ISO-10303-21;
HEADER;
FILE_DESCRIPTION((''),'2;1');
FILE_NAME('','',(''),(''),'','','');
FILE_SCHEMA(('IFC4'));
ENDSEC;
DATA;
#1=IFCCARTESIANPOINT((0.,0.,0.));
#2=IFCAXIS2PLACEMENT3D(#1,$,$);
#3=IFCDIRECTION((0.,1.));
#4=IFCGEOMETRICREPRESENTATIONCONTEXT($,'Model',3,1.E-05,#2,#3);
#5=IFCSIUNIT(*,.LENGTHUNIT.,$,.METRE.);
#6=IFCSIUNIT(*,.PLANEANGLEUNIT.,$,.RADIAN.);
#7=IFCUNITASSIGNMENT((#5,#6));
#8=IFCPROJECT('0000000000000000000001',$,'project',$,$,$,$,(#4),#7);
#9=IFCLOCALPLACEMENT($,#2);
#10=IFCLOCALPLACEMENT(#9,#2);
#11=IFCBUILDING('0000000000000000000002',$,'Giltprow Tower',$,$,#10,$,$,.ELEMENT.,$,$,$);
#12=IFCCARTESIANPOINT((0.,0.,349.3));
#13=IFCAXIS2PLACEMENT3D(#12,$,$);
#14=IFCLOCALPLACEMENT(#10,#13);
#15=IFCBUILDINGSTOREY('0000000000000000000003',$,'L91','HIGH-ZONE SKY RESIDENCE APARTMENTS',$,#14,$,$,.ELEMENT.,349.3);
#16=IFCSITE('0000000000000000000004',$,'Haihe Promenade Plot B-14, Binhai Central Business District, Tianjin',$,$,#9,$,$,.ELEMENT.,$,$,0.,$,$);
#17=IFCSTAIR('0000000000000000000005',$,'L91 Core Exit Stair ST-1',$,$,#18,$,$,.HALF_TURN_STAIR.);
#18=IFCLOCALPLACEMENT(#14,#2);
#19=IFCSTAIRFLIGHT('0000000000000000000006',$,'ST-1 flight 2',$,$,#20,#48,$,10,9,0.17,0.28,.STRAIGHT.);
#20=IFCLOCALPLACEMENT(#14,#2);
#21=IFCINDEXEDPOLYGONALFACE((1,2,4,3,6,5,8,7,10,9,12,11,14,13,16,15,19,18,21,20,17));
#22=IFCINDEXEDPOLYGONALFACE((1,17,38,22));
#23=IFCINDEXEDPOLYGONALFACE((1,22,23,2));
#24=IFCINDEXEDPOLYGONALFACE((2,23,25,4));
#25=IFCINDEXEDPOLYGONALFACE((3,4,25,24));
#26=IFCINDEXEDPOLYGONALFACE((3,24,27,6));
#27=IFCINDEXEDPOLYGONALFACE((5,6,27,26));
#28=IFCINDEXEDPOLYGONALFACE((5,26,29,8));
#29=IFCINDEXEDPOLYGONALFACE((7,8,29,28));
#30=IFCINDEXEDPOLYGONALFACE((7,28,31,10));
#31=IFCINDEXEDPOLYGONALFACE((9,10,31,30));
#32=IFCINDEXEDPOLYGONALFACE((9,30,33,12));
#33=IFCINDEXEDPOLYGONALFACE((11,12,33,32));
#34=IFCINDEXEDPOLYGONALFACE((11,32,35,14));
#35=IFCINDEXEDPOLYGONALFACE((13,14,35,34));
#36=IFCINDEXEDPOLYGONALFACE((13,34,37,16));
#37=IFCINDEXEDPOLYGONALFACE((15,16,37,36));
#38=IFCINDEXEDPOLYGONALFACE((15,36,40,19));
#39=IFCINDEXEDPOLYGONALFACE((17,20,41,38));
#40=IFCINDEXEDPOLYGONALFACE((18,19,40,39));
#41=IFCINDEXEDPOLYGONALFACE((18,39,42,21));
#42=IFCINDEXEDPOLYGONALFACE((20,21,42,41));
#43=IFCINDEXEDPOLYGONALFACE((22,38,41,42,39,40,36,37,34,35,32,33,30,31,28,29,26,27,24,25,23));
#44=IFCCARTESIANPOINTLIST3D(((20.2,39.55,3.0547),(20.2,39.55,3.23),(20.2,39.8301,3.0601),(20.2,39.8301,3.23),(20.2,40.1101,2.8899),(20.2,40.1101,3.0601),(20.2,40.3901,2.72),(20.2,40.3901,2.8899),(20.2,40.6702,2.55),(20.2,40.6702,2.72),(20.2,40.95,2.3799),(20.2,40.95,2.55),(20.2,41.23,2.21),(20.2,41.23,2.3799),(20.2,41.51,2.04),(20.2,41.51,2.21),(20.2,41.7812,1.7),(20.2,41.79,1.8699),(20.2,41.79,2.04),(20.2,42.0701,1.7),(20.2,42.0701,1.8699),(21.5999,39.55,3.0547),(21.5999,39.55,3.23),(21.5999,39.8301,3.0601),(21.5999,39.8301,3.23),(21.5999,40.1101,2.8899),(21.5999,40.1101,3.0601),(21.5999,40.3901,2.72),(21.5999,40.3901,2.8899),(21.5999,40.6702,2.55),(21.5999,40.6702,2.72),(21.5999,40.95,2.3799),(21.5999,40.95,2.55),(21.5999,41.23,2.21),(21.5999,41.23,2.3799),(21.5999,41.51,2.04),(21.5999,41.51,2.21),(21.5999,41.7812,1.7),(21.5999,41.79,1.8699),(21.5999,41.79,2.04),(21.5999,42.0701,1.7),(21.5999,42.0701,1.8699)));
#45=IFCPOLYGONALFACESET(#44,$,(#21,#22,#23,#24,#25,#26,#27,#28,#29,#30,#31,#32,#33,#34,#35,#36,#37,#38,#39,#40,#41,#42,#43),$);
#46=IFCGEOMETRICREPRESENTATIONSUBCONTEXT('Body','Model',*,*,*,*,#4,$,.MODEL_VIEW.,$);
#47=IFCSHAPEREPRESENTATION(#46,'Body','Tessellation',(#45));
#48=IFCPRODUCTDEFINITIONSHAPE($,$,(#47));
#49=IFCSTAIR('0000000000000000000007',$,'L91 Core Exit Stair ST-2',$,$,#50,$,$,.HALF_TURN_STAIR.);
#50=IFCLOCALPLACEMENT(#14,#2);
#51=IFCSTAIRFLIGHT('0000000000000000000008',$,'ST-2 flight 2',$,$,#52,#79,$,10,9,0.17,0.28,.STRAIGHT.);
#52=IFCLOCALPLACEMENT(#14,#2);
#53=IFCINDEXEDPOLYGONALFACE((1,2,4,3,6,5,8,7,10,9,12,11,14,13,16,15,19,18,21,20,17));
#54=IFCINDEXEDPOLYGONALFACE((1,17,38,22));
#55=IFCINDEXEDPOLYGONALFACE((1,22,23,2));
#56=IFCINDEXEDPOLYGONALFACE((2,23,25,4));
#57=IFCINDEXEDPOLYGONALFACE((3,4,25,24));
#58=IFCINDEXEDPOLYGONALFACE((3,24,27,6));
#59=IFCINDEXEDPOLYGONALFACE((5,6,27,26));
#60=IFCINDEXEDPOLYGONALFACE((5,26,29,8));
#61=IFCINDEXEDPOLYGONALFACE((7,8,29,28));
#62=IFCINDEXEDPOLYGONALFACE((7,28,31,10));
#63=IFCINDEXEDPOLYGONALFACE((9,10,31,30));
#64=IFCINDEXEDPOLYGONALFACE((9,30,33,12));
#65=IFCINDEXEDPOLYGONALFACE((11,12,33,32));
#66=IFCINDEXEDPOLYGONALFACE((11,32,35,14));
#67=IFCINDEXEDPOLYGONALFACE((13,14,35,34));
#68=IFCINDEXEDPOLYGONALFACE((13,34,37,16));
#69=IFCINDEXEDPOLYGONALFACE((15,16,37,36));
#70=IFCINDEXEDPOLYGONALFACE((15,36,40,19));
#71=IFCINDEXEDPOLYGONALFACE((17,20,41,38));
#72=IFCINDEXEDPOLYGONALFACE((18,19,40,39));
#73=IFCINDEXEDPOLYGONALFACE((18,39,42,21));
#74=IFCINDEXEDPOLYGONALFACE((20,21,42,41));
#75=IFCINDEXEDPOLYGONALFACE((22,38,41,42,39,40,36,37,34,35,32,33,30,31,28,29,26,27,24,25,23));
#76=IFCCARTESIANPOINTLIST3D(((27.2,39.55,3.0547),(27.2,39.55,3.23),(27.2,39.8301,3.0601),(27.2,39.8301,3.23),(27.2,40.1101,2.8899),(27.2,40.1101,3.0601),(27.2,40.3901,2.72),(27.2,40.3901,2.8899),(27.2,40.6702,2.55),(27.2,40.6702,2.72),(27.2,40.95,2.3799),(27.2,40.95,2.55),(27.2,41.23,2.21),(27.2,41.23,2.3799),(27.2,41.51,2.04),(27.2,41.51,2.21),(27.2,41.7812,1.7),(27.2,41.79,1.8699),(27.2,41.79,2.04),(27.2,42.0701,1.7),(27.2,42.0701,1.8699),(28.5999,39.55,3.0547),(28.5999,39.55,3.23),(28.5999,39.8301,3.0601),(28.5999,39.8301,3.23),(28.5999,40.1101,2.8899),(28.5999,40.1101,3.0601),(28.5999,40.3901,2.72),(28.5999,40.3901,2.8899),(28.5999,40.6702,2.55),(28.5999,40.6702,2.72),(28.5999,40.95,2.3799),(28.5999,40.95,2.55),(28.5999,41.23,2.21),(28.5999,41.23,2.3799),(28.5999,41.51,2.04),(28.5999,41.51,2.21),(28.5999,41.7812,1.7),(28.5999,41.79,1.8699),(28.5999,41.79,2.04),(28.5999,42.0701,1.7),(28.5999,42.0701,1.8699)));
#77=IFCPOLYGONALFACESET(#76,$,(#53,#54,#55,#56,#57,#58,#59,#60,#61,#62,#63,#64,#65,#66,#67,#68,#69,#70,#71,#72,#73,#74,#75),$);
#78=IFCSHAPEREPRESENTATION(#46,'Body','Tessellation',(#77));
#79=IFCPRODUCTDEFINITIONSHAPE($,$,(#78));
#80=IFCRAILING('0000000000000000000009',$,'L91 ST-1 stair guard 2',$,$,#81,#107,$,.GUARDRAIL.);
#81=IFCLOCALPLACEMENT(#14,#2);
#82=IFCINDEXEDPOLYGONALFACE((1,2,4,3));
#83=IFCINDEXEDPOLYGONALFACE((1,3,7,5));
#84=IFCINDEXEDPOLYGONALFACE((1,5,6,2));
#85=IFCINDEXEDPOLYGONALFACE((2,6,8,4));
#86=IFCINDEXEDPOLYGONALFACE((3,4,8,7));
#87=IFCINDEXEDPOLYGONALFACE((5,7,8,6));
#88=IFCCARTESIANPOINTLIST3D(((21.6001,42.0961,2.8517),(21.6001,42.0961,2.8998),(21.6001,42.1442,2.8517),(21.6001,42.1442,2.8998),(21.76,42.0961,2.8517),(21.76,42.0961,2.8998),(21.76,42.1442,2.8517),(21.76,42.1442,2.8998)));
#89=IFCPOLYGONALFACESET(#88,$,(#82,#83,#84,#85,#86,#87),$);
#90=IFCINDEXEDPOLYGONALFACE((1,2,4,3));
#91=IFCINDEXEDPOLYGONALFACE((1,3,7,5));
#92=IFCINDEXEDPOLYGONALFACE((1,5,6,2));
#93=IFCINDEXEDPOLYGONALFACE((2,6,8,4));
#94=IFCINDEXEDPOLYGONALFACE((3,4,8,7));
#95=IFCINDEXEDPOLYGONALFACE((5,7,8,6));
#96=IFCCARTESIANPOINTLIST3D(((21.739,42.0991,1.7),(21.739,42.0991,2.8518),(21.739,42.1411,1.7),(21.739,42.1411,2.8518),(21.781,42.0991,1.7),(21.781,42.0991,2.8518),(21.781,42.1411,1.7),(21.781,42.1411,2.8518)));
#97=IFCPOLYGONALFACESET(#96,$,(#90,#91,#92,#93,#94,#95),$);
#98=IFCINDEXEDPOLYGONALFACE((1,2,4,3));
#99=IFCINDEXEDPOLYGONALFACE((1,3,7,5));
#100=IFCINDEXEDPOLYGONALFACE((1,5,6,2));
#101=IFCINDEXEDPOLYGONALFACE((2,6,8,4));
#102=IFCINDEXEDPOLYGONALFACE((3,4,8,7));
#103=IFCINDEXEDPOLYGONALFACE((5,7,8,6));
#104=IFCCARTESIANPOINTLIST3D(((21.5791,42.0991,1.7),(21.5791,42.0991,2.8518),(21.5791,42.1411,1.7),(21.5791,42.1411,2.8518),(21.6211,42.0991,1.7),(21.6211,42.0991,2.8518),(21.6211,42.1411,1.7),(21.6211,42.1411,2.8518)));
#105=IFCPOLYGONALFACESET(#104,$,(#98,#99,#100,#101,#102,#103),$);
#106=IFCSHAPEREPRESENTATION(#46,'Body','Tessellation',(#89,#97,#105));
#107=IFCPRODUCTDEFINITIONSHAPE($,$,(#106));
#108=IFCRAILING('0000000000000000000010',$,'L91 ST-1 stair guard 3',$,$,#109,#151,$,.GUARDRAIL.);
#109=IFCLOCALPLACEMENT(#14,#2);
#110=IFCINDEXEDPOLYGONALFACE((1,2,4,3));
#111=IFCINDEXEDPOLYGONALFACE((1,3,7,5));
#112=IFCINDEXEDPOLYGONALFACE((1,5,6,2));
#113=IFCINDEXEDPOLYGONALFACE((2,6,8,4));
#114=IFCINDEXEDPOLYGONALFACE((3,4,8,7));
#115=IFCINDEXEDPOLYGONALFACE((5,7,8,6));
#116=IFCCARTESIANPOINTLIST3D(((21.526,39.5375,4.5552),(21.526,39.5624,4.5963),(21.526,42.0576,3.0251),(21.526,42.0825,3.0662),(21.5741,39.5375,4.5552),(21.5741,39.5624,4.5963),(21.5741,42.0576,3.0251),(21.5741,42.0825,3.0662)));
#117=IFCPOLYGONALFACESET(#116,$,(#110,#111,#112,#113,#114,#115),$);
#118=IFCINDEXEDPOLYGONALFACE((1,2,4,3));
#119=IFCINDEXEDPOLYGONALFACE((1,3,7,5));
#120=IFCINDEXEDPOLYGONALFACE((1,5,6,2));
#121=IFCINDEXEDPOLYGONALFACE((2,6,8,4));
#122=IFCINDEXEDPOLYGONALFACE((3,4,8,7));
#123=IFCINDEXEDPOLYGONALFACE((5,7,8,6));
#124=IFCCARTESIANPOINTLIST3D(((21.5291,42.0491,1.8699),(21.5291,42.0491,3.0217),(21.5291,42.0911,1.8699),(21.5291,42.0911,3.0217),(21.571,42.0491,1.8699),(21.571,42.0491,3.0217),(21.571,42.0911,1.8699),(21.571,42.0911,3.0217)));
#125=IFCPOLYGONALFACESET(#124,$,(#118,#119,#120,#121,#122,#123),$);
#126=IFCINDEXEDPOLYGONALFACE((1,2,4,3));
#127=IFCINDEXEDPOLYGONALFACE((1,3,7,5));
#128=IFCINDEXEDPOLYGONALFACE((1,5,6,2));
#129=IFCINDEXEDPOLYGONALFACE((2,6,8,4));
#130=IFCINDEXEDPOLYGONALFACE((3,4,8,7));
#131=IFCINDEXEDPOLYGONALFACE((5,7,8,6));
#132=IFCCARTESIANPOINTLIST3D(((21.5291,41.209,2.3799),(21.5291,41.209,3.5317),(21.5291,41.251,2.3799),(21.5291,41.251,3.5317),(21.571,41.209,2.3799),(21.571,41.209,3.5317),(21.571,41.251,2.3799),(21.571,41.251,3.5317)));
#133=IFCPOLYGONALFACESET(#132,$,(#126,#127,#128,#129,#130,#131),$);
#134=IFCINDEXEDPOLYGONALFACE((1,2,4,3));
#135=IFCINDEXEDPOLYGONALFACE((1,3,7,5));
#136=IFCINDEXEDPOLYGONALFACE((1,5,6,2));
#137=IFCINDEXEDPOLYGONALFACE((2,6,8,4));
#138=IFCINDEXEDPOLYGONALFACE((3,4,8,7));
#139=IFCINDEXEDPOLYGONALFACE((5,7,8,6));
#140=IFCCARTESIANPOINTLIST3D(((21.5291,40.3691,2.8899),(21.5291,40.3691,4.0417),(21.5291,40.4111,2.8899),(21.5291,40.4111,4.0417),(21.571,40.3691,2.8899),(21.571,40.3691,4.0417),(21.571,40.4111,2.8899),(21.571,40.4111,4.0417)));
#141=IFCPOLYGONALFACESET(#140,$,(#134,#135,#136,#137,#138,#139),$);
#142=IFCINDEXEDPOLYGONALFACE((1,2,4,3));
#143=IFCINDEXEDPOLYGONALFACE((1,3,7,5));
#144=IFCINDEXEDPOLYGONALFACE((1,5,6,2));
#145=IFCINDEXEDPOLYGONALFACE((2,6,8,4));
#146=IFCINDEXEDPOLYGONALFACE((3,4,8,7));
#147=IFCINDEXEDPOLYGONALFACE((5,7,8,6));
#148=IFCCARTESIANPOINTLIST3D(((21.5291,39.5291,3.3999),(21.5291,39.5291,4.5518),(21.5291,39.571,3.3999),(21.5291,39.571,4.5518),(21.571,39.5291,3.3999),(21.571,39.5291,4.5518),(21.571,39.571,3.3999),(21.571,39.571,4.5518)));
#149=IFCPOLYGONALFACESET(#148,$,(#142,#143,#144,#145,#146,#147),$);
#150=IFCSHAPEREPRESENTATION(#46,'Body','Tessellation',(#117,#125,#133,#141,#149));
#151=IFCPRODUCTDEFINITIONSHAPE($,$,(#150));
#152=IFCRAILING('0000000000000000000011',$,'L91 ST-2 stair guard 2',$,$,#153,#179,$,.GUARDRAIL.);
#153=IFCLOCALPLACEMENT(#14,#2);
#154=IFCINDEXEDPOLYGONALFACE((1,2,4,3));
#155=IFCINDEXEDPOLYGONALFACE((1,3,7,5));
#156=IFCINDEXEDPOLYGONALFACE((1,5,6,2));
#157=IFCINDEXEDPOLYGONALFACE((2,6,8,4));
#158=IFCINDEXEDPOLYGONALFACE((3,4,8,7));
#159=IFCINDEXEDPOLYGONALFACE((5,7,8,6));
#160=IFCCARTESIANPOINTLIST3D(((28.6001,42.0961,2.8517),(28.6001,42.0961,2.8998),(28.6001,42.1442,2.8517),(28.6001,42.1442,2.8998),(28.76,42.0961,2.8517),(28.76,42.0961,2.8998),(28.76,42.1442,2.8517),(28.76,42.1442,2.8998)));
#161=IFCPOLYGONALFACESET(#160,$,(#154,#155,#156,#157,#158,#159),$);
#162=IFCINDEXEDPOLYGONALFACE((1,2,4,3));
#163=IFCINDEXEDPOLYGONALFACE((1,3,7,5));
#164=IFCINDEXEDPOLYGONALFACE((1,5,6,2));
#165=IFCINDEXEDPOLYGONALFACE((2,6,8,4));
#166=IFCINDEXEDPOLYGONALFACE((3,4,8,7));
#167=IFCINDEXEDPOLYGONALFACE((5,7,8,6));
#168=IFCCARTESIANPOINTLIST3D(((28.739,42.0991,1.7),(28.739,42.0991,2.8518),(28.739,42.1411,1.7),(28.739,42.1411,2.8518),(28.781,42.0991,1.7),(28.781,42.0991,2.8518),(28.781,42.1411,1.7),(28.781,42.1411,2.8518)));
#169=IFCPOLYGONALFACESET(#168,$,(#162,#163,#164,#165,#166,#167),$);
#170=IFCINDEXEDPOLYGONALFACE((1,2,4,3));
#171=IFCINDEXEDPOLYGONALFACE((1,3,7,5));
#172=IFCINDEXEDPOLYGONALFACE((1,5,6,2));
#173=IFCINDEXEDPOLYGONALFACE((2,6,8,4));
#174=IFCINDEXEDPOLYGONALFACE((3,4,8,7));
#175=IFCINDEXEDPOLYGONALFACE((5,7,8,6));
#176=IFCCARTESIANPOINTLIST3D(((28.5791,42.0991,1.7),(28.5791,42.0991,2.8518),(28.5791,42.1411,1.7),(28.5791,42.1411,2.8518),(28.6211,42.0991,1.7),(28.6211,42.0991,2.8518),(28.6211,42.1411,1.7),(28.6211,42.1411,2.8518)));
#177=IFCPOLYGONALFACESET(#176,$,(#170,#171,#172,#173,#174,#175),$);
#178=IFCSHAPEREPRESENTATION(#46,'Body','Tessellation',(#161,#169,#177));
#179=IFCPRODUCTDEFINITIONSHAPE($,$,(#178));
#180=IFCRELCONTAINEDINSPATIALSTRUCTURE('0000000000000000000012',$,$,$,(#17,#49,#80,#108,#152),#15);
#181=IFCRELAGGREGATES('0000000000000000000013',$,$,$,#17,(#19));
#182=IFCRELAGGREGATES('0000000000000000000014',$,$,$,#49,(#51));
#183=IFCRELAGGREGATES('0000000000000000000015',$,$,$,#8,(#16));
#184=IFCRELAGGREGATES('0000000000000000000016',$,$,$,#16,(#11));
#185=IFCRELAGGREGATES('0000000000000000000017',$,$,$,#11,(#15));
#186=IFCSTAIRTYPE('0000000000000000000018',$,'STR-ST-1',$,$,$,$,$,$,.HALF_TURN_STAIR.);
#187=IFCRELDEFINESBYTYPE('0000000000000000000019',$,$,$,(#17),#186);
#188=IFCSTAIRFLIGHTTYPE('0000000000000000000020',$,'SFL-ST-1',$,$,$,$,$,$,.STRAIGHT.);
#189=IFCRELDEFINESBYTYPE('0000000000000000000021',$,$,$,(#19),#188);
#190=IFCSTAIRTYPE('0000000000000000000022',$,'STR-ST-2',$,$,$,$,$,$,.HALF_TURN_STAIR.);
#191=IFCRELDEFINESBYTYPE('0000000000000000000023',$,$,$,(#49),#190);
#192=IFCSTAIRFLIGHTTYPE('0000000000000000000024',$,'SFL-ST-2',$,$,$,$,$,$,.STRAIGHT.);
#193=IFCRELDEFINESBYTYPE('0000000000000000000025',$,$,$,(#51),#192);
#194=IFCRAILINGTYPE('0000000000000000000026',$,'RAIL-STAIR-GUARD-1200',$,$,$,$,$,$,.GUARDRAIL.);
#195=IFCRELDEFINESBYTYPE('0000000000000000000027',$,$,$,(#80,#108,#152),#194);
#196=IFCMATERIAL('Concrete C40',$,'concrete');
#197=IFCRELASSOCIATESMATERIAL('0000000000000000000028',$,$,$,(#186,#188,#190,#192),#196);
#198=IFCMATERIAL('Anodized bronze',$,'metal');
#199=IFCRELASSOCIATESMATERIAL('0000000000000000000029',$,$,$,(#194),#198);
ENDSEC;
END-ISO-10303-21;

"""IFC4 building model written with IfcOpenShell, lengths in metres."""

from ifc_helpers import new_model, si_unit, direction, frame, origin, origin_2d, place, context, subcontext, project, spatial, polyline, rectangle, outline, extrude, material, type_object, element, aggregate, save


model = new_model("IFC4")

# Units and contexts
model_context = context("Model", 3, precision=1e-05, world=origin(), true_north=direction((0.0, 1.0)))
body_context = subcontext(model_context, "Body", "Model", "MODEL_VIEW")
ifc_project = project(units=[si_unit("LENGTHUNIT", "METRE"), si_unit("PLANEANGLEUNIT", "RADIAN")], contexts=[model_context])

# Site, building, storey
site_placement = place(None, origin())
site = spatial("IfcSite", under=ifc_project, at=site_placement, Name="Haihe Promenade Plot B-14, Binhai Central Business District, Tianjin", CompositionType="ELEMENT", RefElevation=0.0)
building_placement = place(site_placement, origin())
building = spatial("IfcBuilding", under=site, at=building_placement, Name="Giltprow Tower", CompositionType="ELEMENT")
storey_placement = place(building_placement, frame((0.0, 0.0, 349.3)))
storey = spatial("IfcBuildingStorey", under=building, at=storey_placement, Name="L91", Description="HIGH-ZONE SKY RESIDENCE APARTMENTS", CompositionType="ELEMENT", Elevation=349.3)

# Shared definitions
ifc_material_1 = material(Name="Concrete C40", Category="concrete")

# Stairs, stair flights
stair_type_1 = type_object("IfcStairType", Name="STR-ST-1", PredefinedType="HALF_TURN_STAIR", material=ifc_material_1)
stair_1_placement = place(storey_placement, origin())
stair_1 = element("IfcStair", 1, at=stair_1_placement, inside=storey, type_object=stair_type_1, Name="L91 Core Exit Stair ST-1", PredefinedType="HALF_TURN_STAIR")
stair_flight_type_1 = type_object("IfcStairFlightType", Name="SFL-ST-1", PredefinedType="STRAIGHT", material=ifc_material_1)
stair_flight_1_placement = place(storey_placement, frame((20.8999, 42.0701, 1.7), z_axis=(0.0, 0.0, 1.0), x_axis=(0.0, -1.0, 0.0)))
stair_flight_1 = element("IfcStairFlight", 2, at=stair_flight_1_placement, type_object=stair_flight_type_1, Name="ST-1 flight 2", NumberOfRisers=10, NumberOfTreads=9, PredefinedType="STRAIGHT", RiserHeight=0.17, TreadLength=0.28, context=body_context, shape_type="SweptSolid", body=[
    extrude(outline(polyline([(0.0, 0.0), (0.0, 0.1699), (0.28, 0.1699), (0.28, 0.3401), (0.5601, 0.3401), (0.5601, 0.51), (0.8401, 0.51), (0.8401, 0.6799), (1.1201, 0.6799), (1.1201, 0.8501), (1.3999, 0.8501), (1.3999, 1.02), (1.6799, 1.02), (1.6799, 1.1899), (1.96, 1.1899), (1.96, 1.3601), (2.24, 1.3601), (2.24, 1.53), (2.52, 1.53), (2.52, 1.7), (2.52, 1.3547), (0.2888, 0.0), (0.0, 0.0)])), frame((0.0, 0.7, 0.0), z_axis=(0.0, -1.0, 0.0), x_axis=(1.0, 0.0, 0.0)), (0.0, 0.0, 1.0), 1.3999),
])
aggregate(stair_1, [stair_flight_1])
stair_type_2 = type_object("IfcStairType", Name="STR-ST-2", PredefinedType="HALF_TURN_STAIR", material=ifc_material_1)
stair_2_placement = place(storey_placement, origin())
stair_2 = element("IfcStair", 3, at=stair_2_placement, inside=storey, type_object=stair_type_2, Name="L91 Core Exit Stair ST-2", PredefinedType="HALF_TURN_STAIR")
stair_flight_type_2 = type_object("IfcStairFlightType", Name="SFL-ST-2", PredefinedType="STRAIGHT", material=ifc_material_1)
stair_flight_2_placement = place(storey_placement, frame((27.8999, 42.0701, 1.7), z_axis=(0.0, 0.0, 1.0), x_axis=(0.0, -1.0, 0.0)))
stair_flight_2 = element("IfcStairFlight", 4, at=stair_flight_2_placement, type_object=stair_flight_type_2, Name="ST-2 flight 2", NumberOfRisers=10, NumberOfTreads=9, PredefinedType="STRAIGHT", RiserHeight=0.17, TreadLength=0.28, context=body_context, shape_type="SweptSolid", body=[
    extrude(outline(polyline([(0.0, 0.0), (0.0, 0.1699), (0.28, 0.1699), (0.28, 0.3401), (0.5601, 0.3401), (0.5601, 0.51), (0.8401, 0.51), (0.8401, 0.6799), (1.1201, 0.6799), (1.1201, 0.8501), (1.3999, 0.8501), (1.3999, 1.02), (1.6799, 1.02), (1.6799, 1.1899), (1.96, 1.1899), (1.96, 1.3601), (2.24, 1.3601), (2.24, 1.53), (2.52, 1.53), (2.52, 1.7), (2.52, 1.3547), (0.2888, 0.0), (0.0, 0.0)])), frame((0.0, 0.7, 0.0), z_axis=(0.0, -1.0, 0.0), x_axis=(1.0, 0.0, 0.0)), (0.0, 0.0, 1.0), 1.3999),
])
aggregate(stair_2, [stair_flight_2])

# Railings
ifc_material_2 = material(Name="Anodized bronze", Category="metal")
railing_type_1 = type_object("IfcRailingType", Name="RAIL-STAIR-GUARD-1200", PredefinedType="GUARDRAIL", material=ifc_material_2)
railing_1_placement = place(storey_placement, frame((21.76, 42.1201, 1.7)))
element("IfcRailing", 5, at=railing_1_placement, inside=storey, type_object=railing_type_1, Name="L91 ST-1 stair guard 2", PredefinedType="GUARDRAIL", context=body_context, shape_type="SweptSolid", body=[
    extrude(rectangle(XDim=0.0481, YDim=0.0481, at=origin_2d()), frame((0.0, 0.0, 1.1758), z_axis=(-1.0, 0.0, 0.0), x_axis=(0.0, -1.0, 0.0)), (0.0, 0.0, 1.0), 0.1599),
    extrude(rectangle(XDim=0.042, YDim=0.042, at=origin_2d()), origin(), (0.0, 0.0, 1.0), 1.1519),
    extrude(rectangle(XDim=0.042, YDim=0.042, at=origin_2d()), frame((-0.1599, 0.0, 0.0)), (0.0, 0.0, 1.0), 1.1519),
])
railing_2_placement = place(storey_placement, frame((21.55, 42.0701, 1.8699)))
element("IfcRailing", 6, at=railing_2_placement, inside=storey, type_object=railing_type_1, Name="L91 ST-1 stair guard 3", PredefinedType="GUARDRAIL", context=body_context, shape_type="SweptSolid", body=[
    extrude(rectangle(XDim=0.0481, YDim=0.0481, at=origin_2d()), frame((0.0, 0.0, 1.1758), z_axis=(0.0, -0.854785, 0.518982), x_axis=(1.0, 0.0, 0.0)), (0.0, 0.0, 1.0), 2.9482),
    extrude(rectangle(XDim=0.042, YDim=0.042, at=origin_2d()), origin(), (0.0, 0.0, 1.0), 1.1519),
    extrude(rectangle(XDim=0.042, YDim=0.042, at=origin_2d()), frame((0.0, -0.8401, 0.51)), (0.0, 0.0, 1.0), 1.1519),
    extrude(rectangle(XDim=0.042, YDim=0.042, at=origin_2d()), frame((0.0, -1.6799, 1.02)), (0.0, 0.0, 1.0), 1.1519),
    extrude(rectangle(XDim=0.042, YDim=0.042, at=origin_2d()), frame((0.0, -2.52, 1.53)), (0.0, 0.0, 1.0), 1.1519),
])
railing_3_placement = place(storey_placement, frame((28.76, 42.1201, 1.7)))
element("IfcRailing", 7, at=railing_3_placement, inside=storey, type_object=railing_type_1, Name="L91 ST-2 stair guard 2", PredefinedType="GUARDRAIL", context=body_context, shape_type="SweptSolid", body=[
    extrude(rectangle(XDim=0.0481, YDim=0.0481, at=origin_2d()), frame((0.0, 0.0, 1.1758), z_axis=(-1.0, 0.0, 0.0), x_axis=(0.0, -1.0, 0.0)), (0.0, 0.0, 1.0), 0.1599),
    extrude(rectangle(XDim=0.042, YDim=0.042, at=origin_2d()), origin(), (0.0, 0.0, 1.0), 1.1519),
    extrude(rectangle(XDim=0.042, YDim=0.042, at=origin_2d()), frame((-0.1599, 0.0, 0.0)), (0.0, 0.0, 1.0), 1.1519),
])

save(model, "model.ifc")
